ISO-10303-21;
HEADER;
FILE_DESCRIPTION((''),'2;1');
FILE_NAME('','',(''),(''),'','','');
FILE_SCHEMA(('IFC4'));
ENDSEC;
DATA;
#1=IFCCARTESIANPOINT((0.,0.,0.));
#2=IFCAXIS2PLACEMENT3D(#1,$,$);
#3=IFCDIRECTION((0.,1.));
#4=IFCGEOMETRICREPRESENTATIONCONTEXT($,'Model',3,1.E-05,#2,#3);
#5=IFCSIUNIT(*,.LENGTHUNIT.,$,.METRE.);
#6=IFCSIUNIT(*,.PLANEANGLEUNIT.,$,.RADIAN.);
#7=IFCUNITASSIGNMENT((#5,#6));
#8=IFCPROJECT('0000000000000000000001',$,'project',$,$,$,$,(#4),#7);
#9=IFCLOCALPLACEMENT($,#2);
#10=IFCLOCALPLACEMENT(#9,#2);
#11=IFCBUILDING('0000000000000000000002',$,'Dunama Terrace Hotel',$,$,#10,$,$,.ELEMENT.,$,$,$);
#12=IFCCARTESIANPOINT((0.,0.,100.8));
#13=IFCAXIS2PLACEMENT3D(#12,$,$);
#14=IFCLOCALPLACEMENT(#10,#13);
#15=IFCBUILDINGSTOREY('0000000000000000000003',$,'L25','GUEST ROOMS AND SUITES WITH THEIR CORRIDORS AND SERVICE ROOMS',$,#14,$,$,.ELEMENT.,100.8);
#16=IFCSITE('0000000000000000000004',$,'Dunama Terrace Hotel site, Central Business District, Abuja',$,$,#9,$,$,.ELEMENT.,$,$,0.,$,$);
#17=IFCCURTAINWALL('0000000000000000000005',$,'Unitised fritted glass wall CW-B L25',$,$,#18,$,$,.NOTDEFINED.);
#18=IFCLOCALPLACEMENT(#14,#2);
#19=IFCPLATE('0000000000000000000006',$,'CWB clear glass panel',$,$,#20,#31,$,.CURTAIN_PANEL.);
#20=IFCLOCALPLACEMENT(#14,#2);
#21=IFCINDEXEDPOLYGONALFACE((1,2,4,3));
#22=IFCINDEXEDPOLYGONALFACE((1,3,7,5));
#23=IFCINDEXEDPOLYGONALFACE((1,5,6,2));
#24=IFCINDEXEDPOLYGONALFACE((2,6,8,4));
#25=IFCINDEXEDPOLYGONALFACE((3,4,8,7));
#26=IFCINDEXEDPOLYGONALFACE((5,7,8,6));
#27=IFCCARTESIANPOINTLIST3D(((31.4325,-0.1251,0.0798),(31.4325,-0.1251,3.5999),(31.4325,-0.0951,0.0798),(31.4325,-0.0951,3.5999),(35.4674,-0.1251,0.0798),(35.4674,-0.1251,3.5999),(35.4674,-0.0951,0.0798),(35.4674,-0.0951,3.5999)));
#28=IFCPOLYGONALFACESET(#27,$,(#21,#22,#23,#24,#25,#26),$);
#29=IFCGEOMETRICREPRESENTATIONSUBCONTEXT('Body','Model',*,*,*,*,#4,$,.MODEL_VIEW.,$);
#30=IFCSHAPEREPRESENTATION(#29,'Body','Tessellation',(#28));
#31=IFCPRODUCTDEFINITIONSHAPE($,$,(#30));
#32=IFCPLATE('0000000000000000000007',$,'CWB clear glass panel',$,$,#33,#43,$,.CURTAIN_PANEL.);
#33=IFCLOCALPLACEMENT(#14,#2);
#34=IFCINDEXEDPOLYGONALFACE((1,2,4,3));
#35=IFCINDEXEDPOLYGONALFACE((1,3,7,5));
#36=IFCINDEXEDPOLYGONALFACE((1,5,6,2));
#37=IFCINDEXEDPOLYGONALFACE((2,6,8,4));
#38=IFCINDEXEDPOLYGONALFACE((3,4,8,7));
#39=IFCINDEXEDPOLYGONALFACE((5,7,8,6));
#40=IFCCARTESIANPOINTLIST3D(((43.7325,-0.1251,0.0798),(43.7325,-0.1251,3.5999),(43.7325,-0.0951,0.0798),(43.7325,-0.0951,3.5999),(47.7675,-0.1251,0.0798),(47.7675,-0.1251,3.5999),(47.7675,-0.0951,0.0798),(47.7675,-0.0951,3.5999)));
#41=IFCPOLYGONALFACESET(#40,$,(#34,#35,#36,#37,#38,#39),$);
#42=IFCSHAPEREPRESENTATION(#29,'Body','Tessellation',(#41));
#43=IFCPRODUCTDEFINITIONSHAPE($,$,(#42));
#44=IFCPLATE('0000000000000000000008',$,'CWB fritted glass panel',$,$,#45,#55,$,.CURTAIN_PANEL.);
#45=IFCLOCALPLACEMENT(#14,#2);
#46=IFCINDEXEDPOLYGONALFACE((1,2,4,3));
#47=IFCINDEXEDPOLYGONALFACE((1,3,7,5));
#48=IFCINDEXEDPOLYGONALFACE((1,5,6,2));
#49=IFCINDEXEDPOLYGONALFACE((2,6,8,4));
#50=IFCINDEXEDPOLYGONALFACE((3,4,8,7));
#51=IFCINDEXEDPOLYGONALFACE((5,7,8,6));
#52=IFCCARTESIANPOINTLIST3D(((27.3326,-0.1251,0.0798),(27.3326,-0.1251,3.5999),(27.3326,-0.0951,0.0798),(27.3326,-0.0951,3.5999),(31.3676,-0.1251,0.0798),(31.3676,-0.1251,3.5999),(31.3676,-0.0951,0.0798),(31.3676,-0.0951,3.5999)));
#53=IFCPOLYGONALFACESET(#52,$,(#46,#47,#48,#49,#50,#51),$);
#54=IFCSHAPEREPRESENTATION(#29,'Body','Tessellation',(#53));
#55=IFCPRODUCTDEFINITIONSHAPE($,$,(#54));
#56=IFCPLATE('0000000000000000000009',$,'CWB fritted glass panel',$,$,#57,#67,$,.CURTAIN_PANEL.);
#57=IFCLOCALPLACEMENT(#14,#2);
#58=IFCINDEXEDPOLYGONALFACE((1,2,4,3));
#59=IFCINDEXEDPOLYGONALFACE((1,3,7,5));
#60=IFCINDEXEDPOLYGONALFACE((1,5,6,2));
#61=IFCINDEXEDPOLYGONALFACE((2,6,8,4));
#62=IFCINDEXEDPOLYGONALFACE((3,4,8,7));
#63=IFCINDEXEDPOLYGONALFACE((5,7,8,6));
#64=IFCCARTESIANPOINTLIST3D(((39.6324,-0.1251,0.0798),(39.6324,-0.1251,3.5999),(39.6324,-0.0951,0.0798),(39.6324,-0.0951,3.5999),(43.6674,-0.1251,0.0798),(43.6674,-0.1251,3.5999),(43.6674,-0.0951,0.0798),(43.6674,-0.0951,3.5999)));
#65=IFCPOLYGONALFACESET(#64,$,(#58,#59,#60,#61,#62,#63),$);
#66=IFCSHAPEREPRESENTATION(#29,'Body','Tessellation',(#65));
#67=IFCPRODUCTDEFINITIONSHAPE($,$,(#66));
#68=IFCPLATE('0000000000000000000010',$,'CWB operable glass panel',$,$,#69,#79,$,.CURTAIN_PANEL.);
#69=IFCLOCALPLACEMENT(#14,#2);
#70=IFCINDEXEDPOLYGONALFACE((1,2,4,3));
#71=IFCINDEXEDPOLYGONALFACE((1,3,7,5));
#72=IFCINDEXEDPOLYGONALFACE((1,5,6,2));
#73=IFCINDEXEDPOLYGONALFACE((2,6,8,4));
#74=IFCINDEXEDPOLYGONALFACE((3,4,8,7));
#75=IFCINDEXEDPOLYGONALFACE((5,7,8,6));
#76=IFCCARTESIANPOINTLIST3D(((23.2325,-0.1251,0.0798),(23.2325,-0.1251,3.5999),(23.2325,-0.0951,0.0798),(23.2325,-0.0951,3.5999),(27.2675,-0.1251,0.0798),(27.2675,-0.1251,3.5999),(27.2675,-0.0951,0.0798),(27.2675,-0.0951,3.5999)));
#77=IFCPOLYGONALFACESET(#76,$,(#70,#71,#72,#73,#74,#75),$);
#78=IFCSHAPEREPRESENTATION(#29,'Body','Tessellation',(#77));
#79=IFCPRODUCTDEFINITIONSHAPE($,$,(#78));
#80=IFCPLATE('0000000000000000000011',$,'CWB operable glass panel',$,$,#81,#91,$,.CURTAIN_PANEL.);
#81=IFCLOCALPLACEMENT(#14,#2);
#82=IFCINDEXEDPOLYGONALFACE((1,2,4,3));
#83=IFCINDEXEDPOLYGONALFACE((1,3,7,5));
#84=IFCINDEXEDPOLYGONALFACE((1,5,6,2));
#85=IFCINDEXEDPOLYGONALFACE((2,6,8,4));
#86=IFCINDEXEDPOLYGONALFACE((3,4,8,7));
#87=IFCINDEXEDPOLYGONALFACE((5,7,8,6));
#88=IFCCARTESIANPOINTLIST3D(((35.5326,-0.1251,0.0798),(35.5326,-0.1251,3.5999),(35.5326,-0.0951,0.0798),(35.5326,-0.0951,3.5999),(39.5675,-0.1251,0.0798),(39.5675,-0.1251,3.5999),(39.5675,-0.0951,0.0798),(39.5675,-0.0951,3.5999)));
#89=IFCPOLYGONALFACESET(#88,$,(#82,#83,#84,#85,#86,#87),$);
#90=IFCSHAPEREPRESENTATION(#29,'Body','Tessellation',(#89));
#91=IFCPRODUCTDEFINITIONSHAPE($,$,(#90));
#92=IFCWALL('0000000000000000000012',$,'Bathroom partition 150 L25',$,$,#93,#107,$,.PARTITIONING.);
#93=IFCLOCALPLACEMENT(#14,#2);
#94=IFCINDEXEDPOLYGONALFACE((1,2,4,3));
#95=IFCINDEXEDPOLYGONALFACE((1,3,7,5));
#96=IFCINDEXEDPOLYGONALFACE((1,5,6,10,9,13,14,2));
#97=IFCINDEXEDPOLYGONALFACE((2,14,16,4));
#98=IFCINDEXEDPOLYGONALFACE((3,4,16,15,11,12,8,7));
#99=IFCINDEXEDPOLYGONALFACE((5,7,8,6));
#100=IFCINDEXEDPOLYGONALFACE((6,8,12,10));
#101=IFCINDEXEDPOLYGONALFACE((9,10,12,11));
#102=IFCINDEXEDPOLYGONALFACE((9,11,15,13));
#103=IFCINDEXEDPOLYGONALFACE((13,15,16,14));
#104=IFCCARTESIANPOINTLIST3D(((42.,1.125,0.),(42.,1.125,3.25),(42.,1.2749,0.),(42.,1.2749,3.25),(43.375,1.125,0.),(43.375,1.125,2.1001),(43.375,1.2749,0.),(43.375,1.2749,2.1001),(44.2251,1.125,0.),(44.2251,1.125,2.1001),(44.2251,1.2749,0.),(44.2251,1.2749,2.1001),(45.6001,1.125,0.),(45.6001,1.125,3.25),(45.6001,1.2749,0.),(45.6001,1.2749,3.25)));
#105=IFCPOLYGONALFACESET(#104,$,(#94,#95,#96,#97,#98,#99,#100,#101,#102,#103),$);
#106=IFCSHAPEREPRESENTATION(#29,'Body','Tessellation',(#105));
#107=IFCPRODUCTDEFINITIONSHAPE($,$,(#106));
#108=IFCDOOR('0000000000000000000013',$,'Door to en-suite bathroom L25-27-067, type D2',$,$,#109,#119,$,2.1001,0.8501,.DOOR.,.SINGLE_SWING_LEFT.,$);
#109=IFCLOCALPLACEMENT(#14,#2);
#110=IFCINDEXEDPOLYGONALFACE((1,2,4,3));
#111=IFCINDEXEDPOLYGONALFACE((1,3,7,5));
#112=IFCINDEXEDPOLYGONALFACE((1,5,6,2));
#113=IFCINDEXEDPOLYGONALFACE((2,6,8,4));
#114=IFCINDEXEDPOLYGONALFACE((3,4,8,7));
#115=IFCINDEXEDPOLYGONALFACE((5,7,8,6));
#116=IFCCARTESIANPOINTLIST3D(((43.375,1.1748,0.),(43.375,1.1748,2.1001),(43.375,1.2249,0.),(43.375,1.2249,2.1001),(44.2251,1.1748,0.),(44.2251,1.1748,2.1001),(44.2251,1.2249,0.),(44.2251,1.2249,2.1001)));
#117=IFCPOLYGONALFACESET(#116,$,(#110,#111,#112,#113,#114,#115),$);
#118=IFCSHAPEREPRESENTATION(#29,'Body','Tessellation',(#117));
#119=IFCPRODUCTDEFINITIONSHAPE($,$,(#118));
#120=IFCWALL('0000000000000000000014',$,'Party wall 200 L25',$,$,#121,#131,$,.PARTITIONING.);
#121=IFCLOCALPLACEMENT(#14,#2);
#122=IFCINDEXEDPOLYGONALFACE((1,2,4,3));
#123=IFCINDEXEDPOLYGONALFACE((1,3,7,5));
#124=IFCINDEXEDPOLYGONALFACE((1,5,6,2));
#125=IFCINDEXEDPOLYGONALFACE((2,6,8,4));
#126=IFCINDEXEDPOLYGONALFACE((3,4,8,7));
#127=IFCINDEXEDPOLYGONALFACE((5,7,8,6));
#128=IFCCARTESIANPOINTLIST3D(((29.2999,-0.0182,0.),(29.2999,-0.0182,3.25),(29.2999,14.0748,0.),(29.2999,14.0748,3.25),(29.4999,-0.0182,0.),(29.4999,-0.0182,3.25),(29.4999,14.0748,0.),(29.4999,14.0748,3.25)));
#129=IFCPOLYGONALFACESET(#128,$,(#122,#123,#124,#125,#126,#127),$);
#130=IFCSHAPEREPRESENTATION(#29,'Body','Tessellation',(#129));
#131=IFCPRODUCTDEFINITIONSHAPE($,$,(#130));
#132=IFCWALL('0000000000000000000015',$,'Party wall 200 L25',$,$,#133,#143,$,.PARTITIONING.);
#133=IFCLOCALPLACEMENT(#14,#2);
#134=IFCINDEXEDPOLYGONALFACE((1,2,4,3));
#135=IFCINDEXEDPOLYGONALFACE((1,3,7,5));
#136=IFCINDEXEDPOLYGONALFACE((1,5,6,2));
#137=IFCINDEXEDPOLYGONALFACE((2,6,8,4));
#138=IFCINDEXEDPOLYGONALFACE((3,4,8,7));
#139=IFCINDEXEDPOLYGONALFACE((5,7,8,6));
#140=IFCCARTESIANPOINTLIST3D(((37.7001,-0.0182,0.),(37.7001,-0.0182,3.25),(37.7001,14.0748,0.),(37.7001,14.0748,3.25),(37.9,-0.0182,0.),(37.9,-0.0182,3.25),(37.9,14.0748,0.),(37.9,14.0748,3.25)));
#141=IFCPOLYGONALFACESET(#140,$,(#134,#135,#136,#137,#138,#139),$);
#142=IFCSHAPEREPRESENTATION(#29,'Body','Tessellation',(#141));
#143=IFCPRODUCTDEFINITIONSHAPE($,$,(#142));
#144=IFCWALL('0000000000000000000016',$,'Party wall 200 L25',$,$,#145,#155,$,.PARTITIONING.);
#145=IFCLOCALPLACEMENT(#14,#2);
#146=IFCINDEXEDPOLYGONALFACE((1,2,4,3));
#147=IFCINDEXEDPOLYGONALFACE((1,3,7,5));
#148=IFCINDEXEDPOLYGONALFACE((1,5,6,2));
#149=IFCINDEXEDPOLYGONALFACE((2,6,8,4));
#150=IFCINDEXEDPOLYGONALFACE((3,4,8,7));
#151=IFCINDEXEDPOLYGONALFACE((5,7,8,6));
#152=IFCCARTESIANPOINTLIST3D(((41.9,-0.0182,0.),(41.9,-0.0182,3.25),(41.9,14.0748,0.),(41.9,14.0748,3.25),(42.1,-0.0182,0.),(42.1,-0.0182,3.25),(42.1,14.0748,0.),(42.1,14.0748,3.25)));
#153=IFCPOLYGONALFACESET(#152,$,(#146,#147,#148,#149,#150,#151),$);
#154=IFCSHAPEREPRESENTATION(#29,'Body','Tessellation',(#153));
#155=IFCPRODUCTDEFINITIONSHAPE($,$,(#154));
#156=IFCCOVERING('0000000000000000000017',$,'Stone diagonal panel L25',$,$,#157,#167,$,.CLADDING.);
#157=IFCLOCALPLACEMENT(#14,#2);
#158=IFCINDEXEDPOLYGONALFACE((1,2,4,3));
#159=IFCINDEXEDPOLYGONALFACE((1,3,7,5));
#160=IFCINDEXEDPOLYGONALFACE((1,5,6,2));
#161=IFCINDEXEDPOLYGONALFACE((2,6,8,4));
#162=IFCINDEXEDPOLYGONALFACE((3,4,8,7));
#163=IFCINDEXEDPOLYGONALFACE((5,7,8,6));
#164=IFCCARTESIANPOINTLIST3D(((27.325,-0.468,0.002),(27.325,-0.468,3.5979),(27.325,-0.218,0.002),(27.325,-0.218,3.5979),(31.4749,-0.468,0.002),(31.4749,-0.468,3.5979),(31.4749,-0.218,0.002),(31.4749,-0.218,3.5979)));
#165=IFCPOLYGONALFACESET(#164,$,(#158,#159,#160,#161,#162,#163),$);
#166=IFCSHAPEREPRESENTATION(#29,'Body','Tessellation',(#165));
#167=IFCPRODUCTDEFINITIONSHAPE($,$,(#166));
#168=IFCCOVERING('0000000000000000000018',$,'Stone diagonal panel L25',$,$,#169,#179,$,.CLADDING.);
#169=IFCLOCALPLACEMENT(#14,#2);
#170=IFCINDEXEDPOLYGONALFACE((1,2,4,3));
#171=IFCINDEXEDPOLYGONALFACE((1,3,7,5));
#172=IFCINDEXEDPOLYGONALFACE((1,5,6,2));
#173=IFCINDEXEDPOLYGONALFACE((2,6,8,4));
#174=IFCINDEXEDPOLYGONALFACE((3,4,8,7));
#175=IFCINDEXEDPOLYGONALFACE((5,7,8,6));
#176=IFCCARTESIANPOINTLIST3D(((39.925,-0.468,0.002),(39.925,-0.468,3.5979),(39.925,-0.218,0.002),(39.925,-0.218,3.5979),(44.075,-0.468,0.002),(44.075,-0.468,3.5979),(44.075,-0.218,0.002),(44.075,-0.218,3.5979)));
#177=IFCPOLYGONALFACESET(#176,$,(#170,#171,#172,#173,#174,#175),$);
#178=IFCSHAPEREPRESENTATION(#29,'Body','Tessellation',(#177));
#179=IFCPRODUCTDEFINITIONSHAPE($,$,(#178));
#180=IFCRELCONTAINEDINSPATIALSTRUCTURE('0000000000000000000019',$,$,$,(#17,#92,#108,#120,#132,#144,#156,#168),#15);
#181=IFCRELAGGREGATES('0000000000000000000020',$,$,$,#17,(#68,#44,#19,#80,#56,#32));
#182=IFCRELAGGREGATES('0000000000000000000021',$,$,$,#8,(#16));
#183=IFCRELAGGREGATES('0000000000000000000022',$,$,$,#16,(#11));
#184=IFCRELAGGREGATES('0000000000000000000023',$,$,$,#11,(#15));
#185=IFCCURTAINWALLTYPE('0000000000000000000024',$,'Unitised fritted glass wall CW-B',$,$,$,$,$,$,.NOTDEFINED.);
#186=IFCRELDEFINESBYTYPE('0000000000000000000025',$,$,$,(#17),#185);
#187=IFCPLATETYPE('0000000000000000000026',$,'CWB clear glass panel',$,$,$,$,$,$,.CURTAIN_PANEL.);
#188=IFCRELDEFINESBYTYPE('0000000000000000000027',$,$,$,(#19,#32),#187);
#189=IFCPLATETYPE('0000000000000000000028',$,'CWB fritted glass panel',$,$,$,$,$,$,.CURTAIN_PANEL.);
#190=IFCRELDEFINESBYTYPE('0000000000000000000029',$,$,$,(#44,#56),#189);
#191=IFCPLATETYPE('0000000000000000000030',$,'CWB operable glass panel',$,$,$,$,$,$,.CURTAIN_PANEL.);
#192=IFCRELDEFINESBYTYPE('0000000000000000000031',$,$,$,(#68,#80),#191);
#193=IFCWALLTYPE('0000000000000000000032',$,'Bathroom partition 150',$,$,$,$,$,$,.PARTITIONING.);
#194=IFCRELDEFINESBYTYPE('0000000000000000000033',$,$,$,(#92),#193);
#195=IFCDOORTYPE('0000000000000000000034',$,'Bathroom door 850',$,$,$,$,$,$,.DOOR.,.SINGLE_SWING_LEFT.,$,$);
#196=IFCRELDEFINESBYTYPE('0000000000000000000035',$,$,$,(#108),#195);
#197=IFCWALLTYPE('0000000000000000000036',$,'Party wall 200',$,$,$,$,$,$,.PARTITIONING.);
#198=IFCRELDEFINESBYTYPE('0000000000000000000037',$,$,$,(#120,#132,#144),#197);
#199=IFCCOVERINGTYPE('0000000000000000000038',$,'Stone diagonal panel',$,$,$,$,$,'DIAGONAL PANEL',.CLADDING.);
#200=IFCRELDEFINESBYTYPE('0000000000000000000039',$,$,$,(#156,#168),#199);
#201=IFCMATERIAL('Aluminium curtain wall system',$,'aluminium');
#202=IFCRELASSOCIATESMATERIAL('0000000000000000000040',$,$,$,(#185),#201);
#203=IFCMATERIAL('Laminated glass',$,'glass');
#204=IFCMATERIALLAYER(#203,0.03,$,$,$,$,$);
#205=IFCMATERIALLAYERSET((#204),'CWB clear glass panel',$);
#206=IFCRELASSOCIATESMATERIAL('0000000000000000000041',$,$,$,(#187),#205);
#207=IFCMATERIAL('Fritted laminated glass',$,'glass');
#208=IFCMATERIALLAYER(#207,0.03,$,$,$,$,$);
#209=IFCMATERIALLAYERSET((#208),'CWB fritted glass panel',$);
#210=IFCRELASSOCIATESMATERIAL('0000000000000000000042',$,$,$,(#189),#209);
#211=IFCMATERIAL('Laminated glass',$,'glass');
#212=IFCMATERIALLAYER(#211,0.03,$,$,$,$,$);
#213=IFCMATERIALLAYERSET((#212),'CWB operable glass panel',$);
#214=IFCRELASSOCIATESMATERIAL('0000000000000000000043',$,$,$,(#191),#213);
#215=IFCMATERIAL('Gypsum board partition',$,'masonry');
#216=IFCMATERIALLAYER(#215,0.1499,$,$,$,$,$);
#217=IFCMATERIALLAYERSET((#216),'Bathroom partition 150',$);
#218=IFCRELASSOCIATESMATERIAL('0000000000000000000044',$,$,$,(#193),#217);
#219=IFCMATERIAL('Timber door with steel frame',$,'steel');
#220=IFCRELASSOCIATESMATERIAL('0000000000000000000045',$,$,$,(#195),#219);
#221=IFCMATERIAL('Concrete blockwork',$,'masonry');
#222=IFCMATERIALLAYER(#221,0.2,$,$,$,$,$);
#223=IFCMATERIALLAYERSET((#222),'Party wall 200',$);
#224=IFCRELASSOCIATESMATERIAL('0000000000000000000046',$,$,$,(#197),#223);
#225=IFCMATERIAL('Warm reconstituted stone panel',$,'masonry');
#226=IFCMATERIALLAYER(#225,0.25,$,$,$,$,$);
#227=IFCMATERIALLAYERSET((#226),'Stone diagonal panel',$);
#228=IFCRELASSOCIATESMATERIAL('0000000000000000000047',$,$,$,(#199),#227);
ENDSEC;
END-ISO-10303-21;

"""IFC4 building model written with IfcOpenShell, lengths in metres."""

from ifc_helpers import new_model, si_unit, direction, frame, frame_2d, origin, origin_2d, place, context, subcontext, project, spatial, rectangle, extrude, material, layer, layer_set, type_object, element, fill, aggregate, save


model = new_model("IFC4")

# Units and contexts
model_context = context("Model", 3, precision=1e-05, world=origin(), true_north=direction((0.0, 1.0)))
body_context = subcontext(model_context, "Body", "Model", "MODEL_VIEW")
ifc_project = project(units=[si_unit("LENGTHUNIT", "METRE"), si_unit("PLANEANGLEUNIT", "RADIAN")], contexts=[model_context])

# Site, building, storey
site_placement = place(None, origin())
site = spatial("IfcSite", under=ifc_project, at=site_placement, Name="Dunama Terrace Hotel site, Central Business District, Abuja", CompositionType="ELEMENT", RefElevation=0.0)
building_placement = place(site_placement, origin())
building = spatial("IfcBuilding", under=site, at=building_placement, Name="Dunama Terrace Hotel", CompositionType="ELEMENT")
storey_placement = place(building_placement, frame((0.0, 0.0, 100.8)))
storey = spatial("IfcBuildingStorey", under=building, at=storey_placement, Name="L25", Description="GUEST ROOMS AND SUITES WITH THEIR CORRIDORS AND SERVICE ROOMS", CompositionType="ELEMENT", Elevation=100.8)

# Curtain wall
ifc_material_1 = material(Name="Aluminium curtain wall system", Category="aluminium")
curtain_wall_type = type_object("IfcCurtainWallType", Name="Unitised fritted glass wall CW-B", PredefinedType="NOTDEFINED", material=ifc_material_1)
curtain_wall_placement = place(storey_placement, origin())
curtain_wall = element("IfcCurtainWall", 1, at=curtain_wall_placement, inside=storey, type_object=curtain_wall_type, Name="Unitised fritted glass wall CW-B L25", PredefinedType="NOTDEFINED")

# Plates
ifc_material_2 = material(Name="Laminated glass", Category="glass")
ifc_layer_1 = layer(ifc_material_2, 0.03)
ifc_layer_set_1 = layer_set([ifc_layer_1], Name="CWB clear glass panel")
plate_type_1 = type_object("IfcPlateType", Name="CWB clear glass panel", PredefinedType="CURTAIN_PANEL", material=ifc_layer_set_1)
plate_1_placement = place(storey_placement, frame((33.45, -0.1101, 0.0798), z_axis=(0.0, 0.0, 1.0), x_axis=(1.0, 0.0, 0.0)))
plate_1 = element("IfcPlate", 2, at=plate_1_placement, type_object=plate_type_1, Name="CWB clear glass panel", PredefinedType="CURTAIN_PANEL", context=body_context, shape_type="SweptSolid", body=[
    extrude(rectangle(XDim=4.0349, YDim=0.03, at=origin_2d()), origin(), (0.0, 0.0, 1.0), 3.52),
])
plate_2_placement = place(storey_placement, frame((45.75, -0.1101, 0.0798), z_axis=(0.0, 0.0, 1.0), x_axis=(1.0, 0.0, 0.0)))
plate_2 = element("IfcPlate", 3, at=plate_2_placement, type_object=plate_type_1, Name="CWB clear glass panel", PredefinedType="CURTAIN_PANEL", context=body_context, shape_type="SweptSolid", body=[
    extrude(rectangle(XDim=4.0349, YDim=0.03, at=origin_2d()), origin(), (0.0, 0.0, 1.0), 3.52),
])
ifc_material_3 = material(Name="Fritted laminated glass", Category="glass")
ifc_layer_2 = layer(ifc_material_3, 0.03)
ifc_layer_set_2 = layer_set([ifc_layer_2], Name="CWB fritted glass panel")
plate_type_2 = type_object("IfcPlateType", Name="CWB fritted glass panel", PredefinedType="CURTAIN_PANEL", material=ifc_layer_set_2)
plate_3_placement = place(storey_placement, frame((29.3501, -0.1101, 0.0798), z_axis=(0.0, 0.0, 1.0), x_axis=(1.0, 0.0, 0.0)))
plate_3 = element("IfcPlate", 4, at=plate_3_placement, type_object=plate_type_2, Name="CWB fritted glass panel", PredefinedType="CURTAIN_PANEL", context=body_context, shape_type="SweptSolid", body=[
    extrude(rectangle(XDim=4.0349, YDim=0.03, at=origin_2d()), origin(), (0.0, 0.0, 1.0), 3.52),
])
plate_4_placement = place(storey_placement, frame((41.6499, -0.1101, 0.0798), z_axis=(0.0, 0.0, 1.0), x_axis=(1.0, 0.0, 0.0)))
plate_4 = element("IfcPlate", 5, at=plate_4_placement, type_object=plate_type_2, Name="CWB fritted glass panel", PredefinedType="CURTAIN_PANEL", context=body_context, shape_type="SweptSolid", body=[
    extrude(rectangle(XDim=4.0349, YDim=0.03, at=origin_2d()), origin(), (0.0, 0.0, 1.0), 3.52),
])
ifc_material_4 = material(Name="Laminated glass", Category="glass")
ifc_layer_3 = layer(ifc_material_4, 0.03)
ifc_layer_set_3 = layer_set([ifc_layer_3], Name="CWB operable glass panel")
plate_type_3 = type_object("IfcPlateType", Name="CWB operable glass panel", PredefinedType="CURTAIN_PANEL", material=ifc_layer_set_3)
plate_5_placement = place(storey_placement, frame((25.25, -0.1101, 0.0798), z_axis=(0.0, 0.0, 1.0), x_axis=(1.0, 0.0, 0.0)))
plate_5 = element("IfcPlate", 6, at=plate_5_placement, type_object=plate_type_3, Name="CWB operable glass panel", PredefinedType="CURTAIN_PANEL", context=body_context, shape_type="SweptSolid", body=[
    extrude(rectangle(XDim=4.0349, YDim=0.03, at=origin_2d()), origin(), (0.0, 0.0, 1.0), 3.52),
])
plate_6_placement = place(storey_placement, frame((37.55, -0.1101, 0.0798), z_axis=(0.0, 0.0, 1.0), x_axis=(1.0, 0.0, 0.0)))
plate_6 = element("IfcPlate", 7, at=plate_6_placement, type_object=plate_type_3, Name="CWB operable glass panel", PredefinedType="CURTAIN_PANEL", context=body_context, shape_type="SweptSolid", body=[
    extrude(rectangle(XDim=4.0349, YDim=0.03, at=origin_2d()), origin(), (0.0, 0.0, 1.0), 3.52),
])
aggregate(curtain_wall, [plate_5, plate_3, plate_1, plate_6, plate_4, plate_2])

# Wall, opening, door
ifc_material_5 = material(Name="Gypsum board partition", Category="masonry")
ifc_layer_4 = layer(ifc_material_5, 0.1499)
ifc_layer_set_4 = layer_set([ifc_layer_4], Name="Bathroom partition 150")
wall_type_1 = type_object("IfcWallType", Name="Bathroom partition 150", PredefinedType="PARTITIONING", material=ifc_layer_set_4)
wall_placement = place(storey_placement, frame((42.0, 1.2, 0.0), z_axis=(0.0, 0.0, 1.0), x_axis=(1.0, 0.0, 0.0)))
wall = element("IfcWall", 8, at=wall_placement, inside=storey, type_object=wall_type_1, Name="Bathroom partition 150 L25", PredefinedType="PARTITIONING", context=body_context, shape_type="SweptSolid", body=[
    extrude(rectangle(XDim=3.6001, YDim=0.1499, at=frame_2d((1.8, 0.0))), origin(), (0.0, 0.0, 1.0), 3.25),
])
opening_placement = place(wall_placement, frame((1.375, 0.0, 0.0)))
opening = element("IfcOpeningElement", 9, at=opening_placement, cuts=wall, PredefinedType="OPENING", context=body_context, shape_type="SweptSolid", body=[
    extrude(rectangle(XDim=0.8501, YDim=2.1001, at=frame_2d((0.425, 1.05))), frame((0.0, 0.085, 0.0), z_axis=(0.0, -1.0, 0.0), x_axis=(1.0, 0.0, 0.0)), (0.0, 0.0, 1.0), 0.1699),
])
ifc_material_6 = material(Name="Timber door with steel frame", Category="steel")
door_type = type_object("IfcDoorType", Name="Bathroom door 850", OperationType="SINGLE_SWING_LEFT", PredefinedType="DOOR", material=ifc_material_6)
door_placement = place(opening_placement, origin())
door = element("IfcDoor", 10, at=door_placement, inside=storey, type_object=door_type, Name="Door to en-suite bathroom L25-27-067, type D2", OperationType="SINGLE_SWING_LEFT", OverallHeight=2.1001, OverallWidth=0.8501, PredefinedType="DOOR", context=body_context, shape_type="SweptSolid", body=[
    extrude(rectangle(XDim=0.8501, YDim=2.1001, at=frame_2d((0.425, 1.05))), frame((0.0, 0.0249, 0.0), z_axis=(0.0, -1.0, 0.0), x_axis=(1.0, 0.0, 0.0)), (0.0, 0.0, 1.0), 0.05),
])
fill(opening, door)

# Walls
ifc_material_7 = material(Name="Concrete blockwork", Category="masonry")
ifc_layer_5 = layer(ifc_material_7, 0.2)
ifc_layer_set_5 = layer_set([ifc_layer_5], Name="Party wall 200")
wall_type_2 = type_object("IfcWallType", Name="Party wall 200", PredefinedType="PARTITIONING", material=ifc_layer_set_5)
for number, where, z_axis, x_axis, name in (
    (11, (29.3999, -0.0181, 0.0), (0.0, 0.0, 1.0), (0.0, 1.0, 0.0), "Party wall 200 L25"),
    (12, (37.8, -0.0181, 0.0), (0.0, 0.0, 1.0), (0.0, 1.0, 0.0), "Party wall 200 L25"),
    (13, (42.0, -0.0181, 0.0), (0.0, 0.0, 1.0), (0.0, 1.0, 0.0), "Party wall 200 L25"),
):
    element("IfcWall", number, at=place(storey_placement, frame(where, z_axis=z_axis, x_axis=x_axis)), inside=storey, type_object=wall_type_2, Name=name, PredefinedType="PARTITIONING", context=body_context, shape_type="SweptSolid", body=[
        extrude(rectangle(XDim=14.093, YDim=0.2, at=frame_2d((7.0464, 0.0))), origin(), (0.0, 0.0, 1.0), 3.25),
    ])

# Coverings
ifc_material_8 = material(Name="Warm reconstituted stone panel", Category="masonry")
ifc_layer_6 = layer(ifc_material_8, 0.25)
ifc_layer_set_6 = layer_set([ifc_layer_6], Name="Stone diagonal panel")
covering_type = type_object("IfcCoveringType", Name="Stone diagonal panel", ElementType="DIAGONAL PANEL", PredefinedType="CLADDING", material=ifc_layer_set_6)
for number, where, z_axis, x_axis, name in (
    (14, (29.3999, -0.343, 0.002), (0.0, 0.0, 1.0), (1.0, 0.0, 0.0), "Stone diagonal panel L25"),
    (15, (42.0, -0.343, 0.002), (0.0, 0.0, 1.0), (1.0, 0.0, 0.0), "Stone diagonal panel L25"),
):
    element("IfcCovering", number, at=place(storey_placement, frame(where, z_axis=z_axis, x_axis=x_axis)), inside=storey, type_object=covering_type, Name=name, PredefinedType="CLADDING", context=body_context, shape_type="SweptSolid", body=[
        extrude(rectangle(XDim=4.1499, YDim=0.25, at=origin_2d()), origin(), (0.0, 0.0, 1.0), 3.5959),
    ])

save(model, "model.ifc")
